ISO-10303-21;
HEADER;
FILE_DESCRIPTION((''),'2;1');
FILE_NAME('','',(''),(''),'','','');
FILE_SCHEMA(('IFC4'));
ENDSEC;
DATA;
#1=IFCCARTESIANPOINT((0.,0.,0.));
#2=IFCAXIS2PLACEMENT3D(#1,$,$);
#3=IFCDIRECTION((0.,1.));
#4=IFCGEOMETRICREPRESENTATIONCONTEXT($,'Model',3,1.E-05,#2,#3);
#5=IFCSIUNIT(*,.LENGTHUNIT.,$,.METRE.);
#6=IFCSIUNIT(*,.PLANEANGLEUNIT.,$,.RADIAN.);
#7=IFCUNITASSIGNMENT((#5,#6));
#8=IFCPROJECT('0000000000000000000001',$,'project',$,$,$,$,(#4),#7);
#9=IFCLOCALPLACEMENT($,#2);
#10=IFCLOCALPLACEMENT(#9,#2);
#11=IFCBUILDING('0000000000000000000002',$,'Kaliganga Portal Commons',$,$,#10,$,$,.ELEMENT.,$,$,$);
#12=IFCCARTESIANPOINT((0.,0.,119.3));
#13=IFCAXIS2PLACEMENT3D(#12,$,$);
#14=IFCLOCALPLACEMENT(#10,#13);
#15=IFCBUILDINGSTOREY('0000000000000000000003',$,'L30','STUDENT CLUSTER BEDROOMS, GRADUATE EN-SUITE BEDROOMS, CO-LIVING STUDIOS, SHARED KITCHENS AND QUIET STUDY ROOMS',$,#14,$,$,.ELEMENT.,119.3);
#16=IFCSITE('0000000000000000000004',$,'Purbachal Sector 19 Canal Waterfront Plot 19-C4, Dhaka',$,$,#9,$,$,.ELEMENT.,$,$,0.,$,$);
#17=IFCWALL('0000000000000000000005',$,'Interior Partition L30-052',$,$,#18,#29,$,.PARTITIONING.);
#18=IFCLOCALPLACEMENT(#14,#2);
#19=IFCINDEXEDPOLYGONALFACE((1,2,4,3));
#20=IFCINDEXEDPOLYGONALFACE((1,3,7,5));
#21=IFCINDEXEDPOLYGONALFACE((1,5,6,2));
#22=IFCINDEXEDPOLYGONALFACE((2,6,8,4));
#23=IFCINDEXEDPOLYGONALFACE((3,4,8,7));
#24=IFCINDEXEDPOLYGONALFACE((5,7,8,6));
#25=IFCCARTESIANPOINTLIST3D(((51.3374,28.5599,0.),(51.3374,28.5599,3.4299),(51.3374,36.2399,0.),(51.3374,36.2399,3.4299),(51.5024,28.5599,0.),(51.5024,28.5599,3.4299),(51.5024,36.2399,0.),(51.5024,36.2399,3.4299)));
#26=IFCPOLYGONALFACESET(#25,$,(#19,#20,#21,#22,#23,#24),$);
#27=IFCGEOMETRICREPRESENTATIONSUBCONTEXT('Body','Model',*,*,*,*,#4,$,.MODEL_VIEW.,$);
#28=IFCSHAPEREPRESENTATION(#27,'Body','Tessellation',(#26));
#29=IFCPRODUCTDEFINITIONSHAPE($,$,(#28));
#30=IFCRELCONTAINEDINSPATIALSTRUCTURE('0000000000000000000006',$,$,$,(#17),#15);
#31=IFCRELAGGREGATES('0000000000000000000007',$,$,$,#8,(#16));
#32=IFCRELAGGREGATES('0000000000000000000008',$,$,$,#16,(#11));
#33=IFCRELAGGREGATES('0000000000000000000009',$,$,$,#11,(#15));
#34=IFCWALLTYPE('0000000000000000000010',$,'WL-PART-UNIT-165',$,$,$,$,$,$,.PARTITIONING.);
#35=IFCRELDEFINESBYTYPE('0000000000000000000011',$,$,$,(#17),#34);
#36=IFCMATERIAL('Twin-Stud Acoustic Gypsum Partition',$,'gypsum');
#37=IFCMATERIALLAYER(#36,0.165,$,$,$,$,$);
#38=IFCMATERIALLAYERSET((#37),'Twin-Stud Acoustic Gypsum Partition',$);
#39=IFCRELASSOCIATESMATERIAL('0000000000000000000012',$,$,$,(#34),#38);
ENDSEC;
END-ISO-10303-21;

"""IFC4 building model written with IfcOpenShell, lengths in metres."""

from ifc_helpers import new_model, si_unit, direction, frame, frame_2d, origin, place, context, subcontext, project, spatial, rectangle, extrude, material, layer, layer_set, type_object, element, save


model = new_model("IFC4")

# Units and contexts
model_context = context("Model", 3, precision=1e-05, world=origin(), true_north=direction((0.0, 1.0)))
body_context = subcontext(model_context, "Body", "Model", "MODEL_VIEW")
ifc_project = project(units=[si_unit("LENGTHUNIT", "METRE"), si_unit("PLANEANGLEUNIT", "RADIAN")], contexts=[model_context])

# Site, building, storey
site_placement = place(None, origin())
site = spatial("IfcSite", under=ifc_project, at=site_placement, Name="Purbachal Sector 19 Canal Waterfront Plot 19-C4, Dhaka", CompositionType="ELEMENT", RefElevation=0.0)
building_placement = place(site_placement, origin())
building = spatial("IfcBuilding", under=site, at=building_placement, Name="Kaliganga Portal Commons", CompositionType="ELEMENT")
storey_placement = place(building_placement, frame((0.0, 0.0, 119.3)))
storey = spatial("IfcBuildingStorey", under=building, at=storey_placement, Name="L30", Description="STUDENT CLUSTER BEDROOMS, GRADUATE EN-SUITE BEDROOMS, CO-LIVING STUDIOS, SHARED KITCHENS AND QUIET STUDY ROOMS", CompositionType="ELEMENT", Elevation=119.3)

# Wall
ifc_material_1 = material(Name="Twin-Stud Acoustic Gypsum Partition", Category="gypsum")
ifc_layer_1 = layer(ifc_material_1, 0.165)
ifc_layer_set_1 = layer_set([ifc_layer_1], Name="Twin-Stud Acoustic Gypsum Partition")
wall_type_1 = type_object("IfcWallType", Name="WL-PART-UNIT-165", PredefinedType="PARTITIONING", material=ifc_layer_set_1)
wall_1_placement = place(storey_placement, frame((51.4199, 28.5601, 0.0), z_axis=(0.0, 0.0, 1.0), x_axis=(0.0, 1.0, 0.0)))
element("IfcWall", 1, at=wall_1_placement, inside=storey, type_object=wall_type_1, Name="Interior Partition L30-052", PredefinedType="PARTITIONING", context=body_context, shape_type="SweptSolid", body=[
    extrude(rectangle(XDim=7.6799, YDim=0.165, at=frame_2d((3.8398, 0.0))), origin(), (0.0, 0.0, 1.0), 3.4299),
])

save(model, "model.ifc")
